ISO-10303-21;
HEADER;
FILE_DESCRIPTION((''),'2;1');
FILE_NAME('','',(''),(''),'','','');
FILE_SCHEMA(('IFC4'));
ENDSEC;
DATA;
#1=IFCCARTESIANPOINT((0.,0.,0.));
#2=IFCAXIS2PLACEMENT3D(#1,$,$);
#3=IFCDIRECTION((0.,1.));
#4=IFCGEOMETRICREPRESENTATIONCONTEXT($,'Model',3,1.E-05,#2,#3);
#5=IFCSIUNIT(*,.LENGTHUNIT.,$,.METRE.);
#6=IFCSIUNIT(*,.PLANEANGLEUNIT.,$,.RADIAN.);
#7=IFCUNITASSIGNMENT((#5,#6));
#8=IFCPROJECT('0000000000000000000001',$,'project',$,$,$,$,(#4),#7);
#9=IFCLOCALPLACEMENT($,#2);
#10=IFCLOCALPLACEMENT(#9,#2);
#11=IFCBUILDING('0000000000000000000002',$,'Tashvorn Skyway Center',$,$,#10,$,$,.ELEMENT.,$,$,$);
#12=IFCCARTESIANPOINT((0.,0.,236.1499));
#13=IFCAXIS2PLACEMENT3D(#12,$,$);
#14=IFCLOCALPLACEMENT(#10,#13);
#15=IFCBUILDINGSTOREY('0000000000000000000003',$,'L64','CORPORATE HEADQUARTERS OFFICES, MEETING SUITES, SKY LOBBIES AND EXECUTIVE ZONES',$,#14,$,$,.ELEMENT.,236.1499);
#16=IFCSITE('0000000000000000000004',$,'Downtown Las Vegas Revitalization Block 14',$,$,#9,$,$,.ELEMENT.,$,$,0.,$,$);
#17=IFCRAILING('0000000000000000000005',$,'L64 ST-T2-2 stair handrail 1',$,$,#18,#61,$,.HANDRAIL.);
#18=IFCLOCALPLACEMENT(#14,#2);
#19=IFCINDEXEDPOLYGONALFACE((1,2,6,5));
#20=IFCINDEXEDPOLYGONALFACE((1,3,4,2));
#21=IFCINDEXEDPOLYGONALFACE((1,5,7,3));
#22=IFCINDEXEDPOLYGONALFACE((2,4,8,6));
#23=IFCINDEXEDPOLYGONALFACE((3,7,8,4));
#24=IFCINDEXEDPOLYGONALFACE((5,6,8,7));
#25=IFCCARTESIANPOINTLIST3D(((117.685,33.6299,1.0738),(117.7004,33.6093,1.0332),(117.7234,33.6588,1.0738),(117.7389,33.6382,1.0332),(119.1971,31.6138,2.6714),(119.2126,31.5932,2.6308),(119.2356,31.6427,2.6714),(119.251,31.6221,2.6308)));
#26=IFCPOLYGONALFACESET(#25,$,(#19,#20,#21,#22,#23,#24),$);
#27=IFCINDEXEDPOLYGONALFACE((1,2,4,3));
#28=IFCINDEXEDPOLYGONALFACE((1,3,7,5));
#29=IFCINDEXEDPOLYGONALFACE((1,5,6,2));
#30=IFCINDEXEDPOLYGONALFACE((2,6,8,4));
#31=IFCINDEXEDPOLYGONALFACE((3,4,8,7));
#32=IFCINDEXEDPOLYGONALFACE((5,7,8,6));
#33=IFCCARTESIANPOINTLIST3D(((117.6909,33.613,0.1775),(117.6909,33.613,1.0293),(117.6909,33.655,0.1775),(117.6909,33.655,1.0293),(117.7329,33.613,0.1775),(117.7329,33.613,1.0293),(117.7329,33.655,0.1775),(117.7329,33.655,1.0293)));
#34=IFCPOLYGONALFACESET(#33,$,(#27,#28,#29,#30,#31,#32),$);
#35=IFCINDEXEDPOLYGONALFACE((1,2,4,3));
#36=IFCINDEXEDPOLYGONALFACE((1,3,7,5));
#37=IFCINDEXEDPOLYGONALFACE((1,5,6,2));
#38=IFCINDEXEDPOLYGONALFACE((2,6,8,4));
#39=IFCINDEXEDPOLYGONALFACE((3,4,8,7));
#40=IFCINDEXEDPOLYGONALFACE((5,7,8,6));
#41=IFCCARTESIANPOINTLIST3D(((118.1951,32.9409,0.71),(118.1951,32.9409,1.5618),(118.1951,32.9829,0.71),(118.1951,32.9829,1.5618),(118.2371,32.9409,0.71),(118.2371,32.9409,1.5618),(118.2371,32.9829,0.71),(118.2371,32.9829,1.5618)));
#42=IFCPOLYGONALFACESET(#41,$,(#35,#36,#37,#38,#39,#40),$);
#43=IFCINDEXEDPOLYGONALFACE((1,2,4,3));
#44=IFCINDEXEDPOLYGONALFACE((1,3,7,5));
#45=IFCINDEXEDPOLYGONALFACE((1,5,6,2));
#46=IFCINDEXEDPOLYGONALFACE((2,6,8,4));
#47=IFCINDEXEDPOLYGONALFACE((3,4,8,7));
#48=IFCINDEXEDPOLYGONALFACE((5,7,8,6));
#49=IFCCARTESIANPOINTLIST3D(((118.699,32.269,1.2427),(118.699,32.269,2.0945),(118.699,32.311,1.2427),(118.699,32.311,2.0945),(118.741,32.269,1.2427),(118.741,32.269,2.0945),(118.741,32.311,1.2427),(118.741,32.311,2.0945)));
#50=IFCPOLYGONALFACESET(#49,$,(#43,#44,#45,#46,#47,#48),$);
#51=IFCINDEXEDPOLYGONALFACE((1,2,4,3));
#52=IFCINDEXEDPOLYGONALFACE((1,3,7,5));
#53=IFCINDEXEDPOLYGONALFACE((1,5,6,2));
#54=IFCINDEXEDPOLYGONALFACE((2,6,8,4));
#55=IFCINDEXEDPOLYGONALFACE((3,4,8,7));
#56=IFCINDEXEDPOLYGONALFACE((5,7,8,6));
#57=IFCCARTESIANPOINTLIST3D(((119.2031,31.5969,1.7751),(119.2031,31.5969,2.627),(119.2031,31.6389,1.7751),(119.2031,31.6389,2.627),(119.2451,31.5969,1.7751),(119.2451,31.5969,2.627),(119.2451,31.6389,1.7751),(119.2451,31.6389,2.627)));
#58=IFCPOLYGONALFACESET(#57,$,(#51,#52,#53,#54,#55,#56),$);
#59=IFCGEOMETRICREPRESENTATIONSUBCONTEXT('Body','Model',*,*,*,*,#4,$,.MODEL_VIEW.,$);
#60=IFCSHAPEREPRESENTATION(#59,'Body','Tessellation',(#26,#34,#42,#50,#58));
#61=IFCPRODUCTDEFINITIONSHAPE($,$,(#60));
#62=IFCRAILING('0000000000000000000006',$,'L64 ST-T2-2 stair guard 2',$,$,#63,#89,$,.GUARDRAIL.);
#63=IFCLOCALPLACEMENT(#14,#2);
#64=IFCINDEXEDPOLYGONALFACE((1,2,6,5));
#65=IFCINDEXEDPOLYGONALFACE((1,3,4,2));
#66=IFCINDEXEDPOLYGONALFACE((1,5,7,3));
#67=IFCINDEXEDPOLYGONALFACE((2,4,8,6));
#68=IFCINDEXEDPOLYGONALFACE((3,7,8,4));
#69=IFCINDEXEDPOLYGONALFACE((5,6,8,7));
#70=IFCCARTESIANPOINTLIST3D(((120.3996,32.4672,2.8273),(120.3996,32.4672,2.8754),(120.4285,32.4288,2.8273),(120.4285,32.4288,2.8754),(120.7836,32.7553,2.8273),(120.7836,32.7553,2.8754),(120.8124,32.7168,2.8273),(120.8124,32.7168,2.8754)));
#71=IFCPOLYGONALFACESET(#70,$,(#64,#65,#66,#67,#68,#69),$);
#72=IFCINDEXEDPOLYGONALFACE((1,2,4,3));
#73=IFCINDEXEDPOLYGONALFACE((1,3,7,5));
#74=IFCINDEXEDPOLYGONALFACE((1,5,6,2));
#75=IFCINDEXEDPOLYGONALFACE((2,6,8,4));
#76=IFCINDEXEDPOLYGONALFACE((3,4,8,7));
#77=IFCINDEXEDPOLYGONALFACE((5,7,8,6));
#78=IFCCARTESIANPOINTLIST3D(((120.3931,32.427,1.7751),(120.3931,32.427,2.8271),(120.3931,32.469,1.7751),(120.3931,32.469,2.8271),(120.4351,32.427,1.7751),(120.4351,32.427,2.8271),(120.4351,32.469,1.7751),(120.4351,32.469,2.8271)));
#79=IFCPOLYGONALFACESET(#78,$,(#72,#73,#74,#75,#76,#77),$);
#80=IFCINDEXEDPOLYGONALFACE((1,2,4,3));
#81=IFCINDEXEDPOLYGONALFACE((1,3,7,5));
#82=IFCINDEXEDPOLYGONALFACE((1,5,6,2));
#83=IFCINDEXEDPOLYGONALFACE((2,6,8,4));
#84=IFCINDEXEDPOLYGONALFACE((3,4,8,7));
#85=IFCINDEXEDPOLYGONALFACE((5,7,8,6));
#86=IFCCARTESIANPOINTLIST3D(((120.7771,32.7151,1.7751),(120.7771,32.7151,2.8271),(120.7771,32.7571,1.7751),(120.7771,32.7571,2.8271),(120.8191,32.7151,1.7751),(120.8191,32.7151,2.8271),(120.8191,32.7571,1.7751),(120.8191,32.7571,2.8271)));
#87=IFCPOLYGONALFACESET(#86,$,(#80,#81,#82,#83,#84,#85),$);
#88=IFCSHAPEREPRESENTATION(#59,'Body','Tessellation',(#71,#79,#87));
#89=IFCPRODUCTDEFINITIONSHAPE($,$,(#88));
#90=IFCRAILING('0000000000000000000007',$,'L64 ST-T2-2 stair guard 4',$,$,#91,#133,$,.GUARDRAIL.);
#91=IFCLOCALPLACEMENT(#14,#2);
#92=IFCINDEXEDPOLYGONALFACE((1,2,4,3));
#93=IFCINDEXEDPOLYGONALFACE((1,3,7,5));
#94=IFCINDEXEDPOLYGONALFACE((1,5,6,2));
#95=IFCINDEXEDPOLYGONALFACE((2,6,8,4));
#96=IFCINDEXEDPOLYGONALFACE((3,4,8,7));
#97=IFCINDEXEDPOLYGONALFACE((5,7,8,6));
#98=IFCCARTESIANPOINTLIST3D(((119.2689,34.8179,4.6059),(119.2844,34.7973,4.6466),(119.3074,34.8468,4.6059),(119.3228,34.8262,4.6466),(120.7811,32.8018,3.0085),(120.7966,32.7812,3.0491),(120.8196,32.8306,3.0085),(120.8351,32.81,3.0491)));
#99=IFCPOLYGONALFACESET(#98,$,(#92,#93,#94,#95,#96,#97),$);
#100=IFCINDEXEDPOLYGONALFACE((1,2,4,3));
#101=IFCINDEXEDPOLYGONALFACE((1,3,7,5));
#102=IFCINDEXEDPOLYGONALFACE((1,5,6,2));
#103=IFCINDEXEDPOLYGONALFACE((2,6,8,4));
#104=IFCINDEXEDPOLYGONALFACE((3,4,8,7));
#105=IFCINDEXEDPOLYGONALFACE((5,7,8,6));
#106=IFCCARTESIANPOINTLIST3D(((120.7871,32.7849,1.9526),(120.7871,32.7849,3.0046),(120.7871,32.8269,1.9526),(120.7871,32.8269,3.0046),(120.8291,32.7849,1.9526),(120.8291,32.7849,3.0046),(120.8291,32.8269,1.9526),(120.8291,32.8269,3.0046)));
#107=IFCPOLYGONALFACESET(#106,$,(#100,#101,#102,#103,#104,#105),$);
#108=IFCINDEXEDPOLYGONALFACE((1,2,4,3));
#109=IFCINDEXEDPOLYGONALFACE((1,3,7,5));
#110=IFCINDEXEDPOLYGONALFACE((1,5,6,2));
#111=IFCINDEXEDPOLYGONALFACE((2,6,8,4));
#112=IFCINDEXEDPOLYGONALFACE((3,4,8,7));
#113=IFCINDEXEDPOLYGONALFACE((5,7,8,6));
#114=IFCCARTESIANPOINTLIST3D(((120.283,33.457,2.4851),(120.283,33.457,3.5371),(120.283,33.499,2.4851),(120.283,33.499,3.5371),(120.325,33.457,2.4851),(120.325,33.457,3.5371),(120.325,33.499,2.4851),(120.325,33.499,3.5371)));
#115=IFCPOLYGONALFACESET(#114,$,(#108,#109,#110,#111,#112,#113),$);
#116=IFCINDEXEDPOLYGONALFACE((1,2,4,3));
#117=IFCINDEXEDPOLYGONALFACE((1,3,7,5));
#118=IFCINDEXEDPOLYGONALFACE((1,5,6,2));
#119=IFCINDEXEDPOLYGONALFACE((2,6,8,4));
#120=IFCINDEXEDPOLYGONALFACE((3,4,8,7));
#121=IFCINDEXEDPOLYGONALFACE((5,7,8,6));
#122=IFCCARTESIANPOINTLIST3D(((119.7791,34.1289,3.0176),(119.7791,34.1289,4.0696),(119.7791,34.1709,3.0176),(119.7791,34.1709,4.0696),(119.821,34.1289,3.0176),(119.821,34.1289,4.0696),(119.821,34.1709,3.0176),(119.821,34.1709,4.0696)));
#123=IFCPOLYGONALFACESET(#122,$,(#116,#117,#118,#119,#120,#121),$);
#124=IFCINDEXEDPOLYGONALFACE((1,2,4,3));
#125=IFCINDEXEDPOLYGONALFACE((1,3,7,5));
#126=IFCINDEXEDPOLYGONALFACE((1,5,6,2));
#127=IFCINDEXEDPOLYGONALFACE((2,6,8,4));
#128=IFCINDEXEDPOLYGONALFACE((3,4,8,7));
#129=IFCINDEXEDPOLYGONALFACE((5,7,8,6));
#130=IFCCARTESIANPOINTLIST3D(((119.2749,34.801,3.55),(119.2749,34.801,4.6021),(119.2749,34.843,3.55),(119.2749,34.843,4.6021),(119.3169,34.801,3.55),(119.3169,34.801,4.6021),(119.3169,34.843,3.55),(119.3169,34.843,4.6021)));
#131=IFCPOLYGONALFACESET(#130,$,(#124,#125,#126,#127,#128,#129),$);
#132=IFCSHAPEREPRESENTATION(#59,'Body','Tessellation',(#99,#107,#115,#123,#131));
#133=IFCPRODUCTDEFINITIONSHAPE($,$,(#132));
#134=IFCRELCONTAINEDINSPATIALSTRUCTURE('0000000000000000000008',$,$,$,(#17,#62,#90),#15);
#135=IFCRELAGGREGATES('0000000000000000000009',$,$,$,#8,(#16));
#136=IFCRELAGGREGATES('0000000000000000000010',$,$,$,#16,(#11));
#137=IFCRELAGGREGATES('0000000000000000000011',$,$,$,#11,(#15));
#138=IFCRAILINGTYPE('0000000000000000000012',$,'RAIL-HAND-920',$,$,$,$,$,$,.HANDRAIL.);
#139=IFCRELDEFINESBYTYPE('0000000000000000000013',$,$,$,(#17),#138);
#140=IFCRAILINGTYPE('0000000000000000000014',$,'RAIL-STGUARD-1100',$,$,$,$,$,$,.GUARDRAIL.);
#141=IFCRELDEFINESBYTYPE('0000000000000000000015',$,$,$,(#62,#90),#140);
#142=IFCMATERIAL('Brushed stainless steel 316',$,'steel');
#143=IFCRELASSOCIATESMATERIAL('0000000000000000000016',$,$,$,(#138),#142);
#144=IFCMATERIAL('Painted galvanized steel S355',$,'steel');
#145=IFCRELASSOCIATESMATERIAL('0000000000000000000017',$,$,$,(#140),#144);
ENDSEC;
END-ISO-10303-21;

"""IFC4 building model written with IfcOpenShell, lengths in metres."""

from ifc_helpers import new_model, si_unit, direction, frame, origin, origin_2d, place, context, subcontext, project, spatial, rectangle, extrude, material, type_object, element, save


model = new_model("IFC4")

# Units and contexts
model_context = context("Model", 3, precision=1e-05, world=origin(), true_north=direction((0.0, 1.0)))
body_context = subcontext(model_context, "Body", "Model", "MODEL_VIEW")
ifc_project = project(units=[si_unit("LENGTHUNIT", "METRE"), si_unit("PLANEANGLEUNIT", "RADIAN")], contexts=[model_context])

# Site, building, storey
site_placement = place(None, origin())
site = spatial("IfcSite", under=ifc_project, at=site_placement, Name="Downtown Las Vegas Revitalization Block 14", CompositionType="ELEMENT", RefElevation=0.0)
building_placement = place(site_placement, origin())
building = spatial("IfcBuilding", under=site, at=building_placement, Name="Tashvorn Skyway Center", CompositionType="ELEMENT")
storey_placement = place(building_placement, frame((0.0, 0.0, 236.1499)))
storey = spatial("IfcBuildingStorey", under=building, at=storey_placement, Name="L64", Description="CORPORATE HEADQUARTERS OFFICES, MEETING SUITES, SKY LOBBIES AND EXECUTIVE ZONES", CompositionType="ELEMENT", Elevation=236.1499)

# Railings
ifc_material_1 = material(Name="Brushed stainless steel 316", Category="steel")
railing_type_1 = type_object("IfcRailingType", Name="RAIL-HAND-920", PredefinedType="HANDRAIL", material=ifc_material_1)
railing_1_placement = place(storey_placement, frame((117.7119, 33.634, 0.1775)))
element("IfcRailing", 1, at=railing_1_placement, inside=storey, type_object=railing_type_1, Name="L64 ST-T2-2 stair handrail 1", PredefinedType="HANDRAIL", context=body_context, shape_type="SweptSolid", body=[
    extrude(rectangle(XDim=0.0481, YDim=0.0481, at=origin_2d()), frame((0.0, 0.0, 0.876), z_axis=(0.506779, -0.675651, 0.535416), x_axis=(0.799977, 0.600031, 0.0)), (0.0, 0.0, 1.0), 2.9839),
    extrude(rectangle(XDim=0.042, YDim=0.042, at=origin_2d()), origin(), (0.0, 0.0, 1.0), 0.8518),
    extrude(rectangle(XDim=0.042, YDim=0.042, at=origin_2d()), frame((0.5042, -0.6721, 0.5325)), (0.0, 0.0, 1.0), 0.8518),
    extrude(rectangle(XDim=0.042, YDim=0.042, at=origin_2d()), frame((1.0081, -1.344, 1.0652)), (0.0, 0.0, 1.0), 0.8518),
    extrude(rectangle(XDim=0.042, YDim=0.042, at=origin_2d()), frame((1.5122, -2.0161, 1.5977)), (0.0, 0.0, 1.0), 0.8518),
])
ifc_material_2 = material(Name="Painted galvanized steel S355", Category="steel")
railing_type_2 = type_object("IfcRailingType", Name="RAIL-STGUARD-1100", PredefinedType="GUARDRAIL", material=ifc_material_2)
railing_2_placement = place(storey_placement, frame((120.4141, 32.448, 1.7751)))
element("IfcRailing", 2, at=railing_2_placement, inside=storey, type_object=railing_type_2, Name="L64 ST-T2-2 stair guard 2", PredefinedType="GUARDRAIL", context=body_context, shape_type="SweptSolid", body=[
    extrude(rectangle(XDim=0.0481, YDim=0.0481, at=origin_2d()), frame((0.0, 0.0, 1.0762), z_axis=(0.799939, 0.600081, 0.0), x_axis=(-0.600081, 0.799939, 0.0)), (0.0, 0.0, 1.0), 0.48),
    extrude(rectangle(XDim=0.042, YDim=0.042, at=origin_2d()), origin(), (0.0, 0.0, 1.0), 1.052),
    extrude(rectangle(XDim=0.042, YDim=0.042, at=origin_2d()), frame((0.384, 0.2881, 0.0)), (0.0, 0.0, 1.0), 1.052),
])
railing_3_placement = place(storey_placement, frame((120.8081, 32.8059, 1.9526)))
element("IfcRailing", 3, at=railing_3_placement, inside=storey, type_object=railing_type_2, Name="L64 ST-T2-2 stair guard 4", PredefinedType="GUARDRAIL", context=body_context, shape_type="SweptSolid", body=[
    extrude(rectangle(XDim=0.0481, YDim=0.0481, at=origin_2d()), frame((0.0, 0.0, 1.0762), z_axis=(-0.506802, 0.675681, 0.535357), x_axis=(-0.799977, -0.600031, 0.0)), (0.0, 0.0, 1.0), 2.9839),
    extrude(rectangle(XDim=0.042, YDim=0.042, at=origin_2d()), origin(), (0.0, 0.0, 1.0), 1.052),
    extrude(rectangle(XDim=0.042, YDim=0.042, at=origin_2d()), frame((-0.5042, 0.6721, 0.5325)), (0.0, 0.0, 1.0), 1.052),
    extrude(rectangle(XDim=0.042, YDim=0.042, at=origin_2d()), frame((-1.0081, 1.344, 1.0649)), (0.0, 0.0, 1.0), 1.052),
    extrude(rectangle(XDim=0.042, YDim=0.042, at=origin_2d()), frame((-1.5122, 2.0161, 1.5974)), (0.0, 0.0, 1.0), 1.052),
])

save(model, "model.ifc")
